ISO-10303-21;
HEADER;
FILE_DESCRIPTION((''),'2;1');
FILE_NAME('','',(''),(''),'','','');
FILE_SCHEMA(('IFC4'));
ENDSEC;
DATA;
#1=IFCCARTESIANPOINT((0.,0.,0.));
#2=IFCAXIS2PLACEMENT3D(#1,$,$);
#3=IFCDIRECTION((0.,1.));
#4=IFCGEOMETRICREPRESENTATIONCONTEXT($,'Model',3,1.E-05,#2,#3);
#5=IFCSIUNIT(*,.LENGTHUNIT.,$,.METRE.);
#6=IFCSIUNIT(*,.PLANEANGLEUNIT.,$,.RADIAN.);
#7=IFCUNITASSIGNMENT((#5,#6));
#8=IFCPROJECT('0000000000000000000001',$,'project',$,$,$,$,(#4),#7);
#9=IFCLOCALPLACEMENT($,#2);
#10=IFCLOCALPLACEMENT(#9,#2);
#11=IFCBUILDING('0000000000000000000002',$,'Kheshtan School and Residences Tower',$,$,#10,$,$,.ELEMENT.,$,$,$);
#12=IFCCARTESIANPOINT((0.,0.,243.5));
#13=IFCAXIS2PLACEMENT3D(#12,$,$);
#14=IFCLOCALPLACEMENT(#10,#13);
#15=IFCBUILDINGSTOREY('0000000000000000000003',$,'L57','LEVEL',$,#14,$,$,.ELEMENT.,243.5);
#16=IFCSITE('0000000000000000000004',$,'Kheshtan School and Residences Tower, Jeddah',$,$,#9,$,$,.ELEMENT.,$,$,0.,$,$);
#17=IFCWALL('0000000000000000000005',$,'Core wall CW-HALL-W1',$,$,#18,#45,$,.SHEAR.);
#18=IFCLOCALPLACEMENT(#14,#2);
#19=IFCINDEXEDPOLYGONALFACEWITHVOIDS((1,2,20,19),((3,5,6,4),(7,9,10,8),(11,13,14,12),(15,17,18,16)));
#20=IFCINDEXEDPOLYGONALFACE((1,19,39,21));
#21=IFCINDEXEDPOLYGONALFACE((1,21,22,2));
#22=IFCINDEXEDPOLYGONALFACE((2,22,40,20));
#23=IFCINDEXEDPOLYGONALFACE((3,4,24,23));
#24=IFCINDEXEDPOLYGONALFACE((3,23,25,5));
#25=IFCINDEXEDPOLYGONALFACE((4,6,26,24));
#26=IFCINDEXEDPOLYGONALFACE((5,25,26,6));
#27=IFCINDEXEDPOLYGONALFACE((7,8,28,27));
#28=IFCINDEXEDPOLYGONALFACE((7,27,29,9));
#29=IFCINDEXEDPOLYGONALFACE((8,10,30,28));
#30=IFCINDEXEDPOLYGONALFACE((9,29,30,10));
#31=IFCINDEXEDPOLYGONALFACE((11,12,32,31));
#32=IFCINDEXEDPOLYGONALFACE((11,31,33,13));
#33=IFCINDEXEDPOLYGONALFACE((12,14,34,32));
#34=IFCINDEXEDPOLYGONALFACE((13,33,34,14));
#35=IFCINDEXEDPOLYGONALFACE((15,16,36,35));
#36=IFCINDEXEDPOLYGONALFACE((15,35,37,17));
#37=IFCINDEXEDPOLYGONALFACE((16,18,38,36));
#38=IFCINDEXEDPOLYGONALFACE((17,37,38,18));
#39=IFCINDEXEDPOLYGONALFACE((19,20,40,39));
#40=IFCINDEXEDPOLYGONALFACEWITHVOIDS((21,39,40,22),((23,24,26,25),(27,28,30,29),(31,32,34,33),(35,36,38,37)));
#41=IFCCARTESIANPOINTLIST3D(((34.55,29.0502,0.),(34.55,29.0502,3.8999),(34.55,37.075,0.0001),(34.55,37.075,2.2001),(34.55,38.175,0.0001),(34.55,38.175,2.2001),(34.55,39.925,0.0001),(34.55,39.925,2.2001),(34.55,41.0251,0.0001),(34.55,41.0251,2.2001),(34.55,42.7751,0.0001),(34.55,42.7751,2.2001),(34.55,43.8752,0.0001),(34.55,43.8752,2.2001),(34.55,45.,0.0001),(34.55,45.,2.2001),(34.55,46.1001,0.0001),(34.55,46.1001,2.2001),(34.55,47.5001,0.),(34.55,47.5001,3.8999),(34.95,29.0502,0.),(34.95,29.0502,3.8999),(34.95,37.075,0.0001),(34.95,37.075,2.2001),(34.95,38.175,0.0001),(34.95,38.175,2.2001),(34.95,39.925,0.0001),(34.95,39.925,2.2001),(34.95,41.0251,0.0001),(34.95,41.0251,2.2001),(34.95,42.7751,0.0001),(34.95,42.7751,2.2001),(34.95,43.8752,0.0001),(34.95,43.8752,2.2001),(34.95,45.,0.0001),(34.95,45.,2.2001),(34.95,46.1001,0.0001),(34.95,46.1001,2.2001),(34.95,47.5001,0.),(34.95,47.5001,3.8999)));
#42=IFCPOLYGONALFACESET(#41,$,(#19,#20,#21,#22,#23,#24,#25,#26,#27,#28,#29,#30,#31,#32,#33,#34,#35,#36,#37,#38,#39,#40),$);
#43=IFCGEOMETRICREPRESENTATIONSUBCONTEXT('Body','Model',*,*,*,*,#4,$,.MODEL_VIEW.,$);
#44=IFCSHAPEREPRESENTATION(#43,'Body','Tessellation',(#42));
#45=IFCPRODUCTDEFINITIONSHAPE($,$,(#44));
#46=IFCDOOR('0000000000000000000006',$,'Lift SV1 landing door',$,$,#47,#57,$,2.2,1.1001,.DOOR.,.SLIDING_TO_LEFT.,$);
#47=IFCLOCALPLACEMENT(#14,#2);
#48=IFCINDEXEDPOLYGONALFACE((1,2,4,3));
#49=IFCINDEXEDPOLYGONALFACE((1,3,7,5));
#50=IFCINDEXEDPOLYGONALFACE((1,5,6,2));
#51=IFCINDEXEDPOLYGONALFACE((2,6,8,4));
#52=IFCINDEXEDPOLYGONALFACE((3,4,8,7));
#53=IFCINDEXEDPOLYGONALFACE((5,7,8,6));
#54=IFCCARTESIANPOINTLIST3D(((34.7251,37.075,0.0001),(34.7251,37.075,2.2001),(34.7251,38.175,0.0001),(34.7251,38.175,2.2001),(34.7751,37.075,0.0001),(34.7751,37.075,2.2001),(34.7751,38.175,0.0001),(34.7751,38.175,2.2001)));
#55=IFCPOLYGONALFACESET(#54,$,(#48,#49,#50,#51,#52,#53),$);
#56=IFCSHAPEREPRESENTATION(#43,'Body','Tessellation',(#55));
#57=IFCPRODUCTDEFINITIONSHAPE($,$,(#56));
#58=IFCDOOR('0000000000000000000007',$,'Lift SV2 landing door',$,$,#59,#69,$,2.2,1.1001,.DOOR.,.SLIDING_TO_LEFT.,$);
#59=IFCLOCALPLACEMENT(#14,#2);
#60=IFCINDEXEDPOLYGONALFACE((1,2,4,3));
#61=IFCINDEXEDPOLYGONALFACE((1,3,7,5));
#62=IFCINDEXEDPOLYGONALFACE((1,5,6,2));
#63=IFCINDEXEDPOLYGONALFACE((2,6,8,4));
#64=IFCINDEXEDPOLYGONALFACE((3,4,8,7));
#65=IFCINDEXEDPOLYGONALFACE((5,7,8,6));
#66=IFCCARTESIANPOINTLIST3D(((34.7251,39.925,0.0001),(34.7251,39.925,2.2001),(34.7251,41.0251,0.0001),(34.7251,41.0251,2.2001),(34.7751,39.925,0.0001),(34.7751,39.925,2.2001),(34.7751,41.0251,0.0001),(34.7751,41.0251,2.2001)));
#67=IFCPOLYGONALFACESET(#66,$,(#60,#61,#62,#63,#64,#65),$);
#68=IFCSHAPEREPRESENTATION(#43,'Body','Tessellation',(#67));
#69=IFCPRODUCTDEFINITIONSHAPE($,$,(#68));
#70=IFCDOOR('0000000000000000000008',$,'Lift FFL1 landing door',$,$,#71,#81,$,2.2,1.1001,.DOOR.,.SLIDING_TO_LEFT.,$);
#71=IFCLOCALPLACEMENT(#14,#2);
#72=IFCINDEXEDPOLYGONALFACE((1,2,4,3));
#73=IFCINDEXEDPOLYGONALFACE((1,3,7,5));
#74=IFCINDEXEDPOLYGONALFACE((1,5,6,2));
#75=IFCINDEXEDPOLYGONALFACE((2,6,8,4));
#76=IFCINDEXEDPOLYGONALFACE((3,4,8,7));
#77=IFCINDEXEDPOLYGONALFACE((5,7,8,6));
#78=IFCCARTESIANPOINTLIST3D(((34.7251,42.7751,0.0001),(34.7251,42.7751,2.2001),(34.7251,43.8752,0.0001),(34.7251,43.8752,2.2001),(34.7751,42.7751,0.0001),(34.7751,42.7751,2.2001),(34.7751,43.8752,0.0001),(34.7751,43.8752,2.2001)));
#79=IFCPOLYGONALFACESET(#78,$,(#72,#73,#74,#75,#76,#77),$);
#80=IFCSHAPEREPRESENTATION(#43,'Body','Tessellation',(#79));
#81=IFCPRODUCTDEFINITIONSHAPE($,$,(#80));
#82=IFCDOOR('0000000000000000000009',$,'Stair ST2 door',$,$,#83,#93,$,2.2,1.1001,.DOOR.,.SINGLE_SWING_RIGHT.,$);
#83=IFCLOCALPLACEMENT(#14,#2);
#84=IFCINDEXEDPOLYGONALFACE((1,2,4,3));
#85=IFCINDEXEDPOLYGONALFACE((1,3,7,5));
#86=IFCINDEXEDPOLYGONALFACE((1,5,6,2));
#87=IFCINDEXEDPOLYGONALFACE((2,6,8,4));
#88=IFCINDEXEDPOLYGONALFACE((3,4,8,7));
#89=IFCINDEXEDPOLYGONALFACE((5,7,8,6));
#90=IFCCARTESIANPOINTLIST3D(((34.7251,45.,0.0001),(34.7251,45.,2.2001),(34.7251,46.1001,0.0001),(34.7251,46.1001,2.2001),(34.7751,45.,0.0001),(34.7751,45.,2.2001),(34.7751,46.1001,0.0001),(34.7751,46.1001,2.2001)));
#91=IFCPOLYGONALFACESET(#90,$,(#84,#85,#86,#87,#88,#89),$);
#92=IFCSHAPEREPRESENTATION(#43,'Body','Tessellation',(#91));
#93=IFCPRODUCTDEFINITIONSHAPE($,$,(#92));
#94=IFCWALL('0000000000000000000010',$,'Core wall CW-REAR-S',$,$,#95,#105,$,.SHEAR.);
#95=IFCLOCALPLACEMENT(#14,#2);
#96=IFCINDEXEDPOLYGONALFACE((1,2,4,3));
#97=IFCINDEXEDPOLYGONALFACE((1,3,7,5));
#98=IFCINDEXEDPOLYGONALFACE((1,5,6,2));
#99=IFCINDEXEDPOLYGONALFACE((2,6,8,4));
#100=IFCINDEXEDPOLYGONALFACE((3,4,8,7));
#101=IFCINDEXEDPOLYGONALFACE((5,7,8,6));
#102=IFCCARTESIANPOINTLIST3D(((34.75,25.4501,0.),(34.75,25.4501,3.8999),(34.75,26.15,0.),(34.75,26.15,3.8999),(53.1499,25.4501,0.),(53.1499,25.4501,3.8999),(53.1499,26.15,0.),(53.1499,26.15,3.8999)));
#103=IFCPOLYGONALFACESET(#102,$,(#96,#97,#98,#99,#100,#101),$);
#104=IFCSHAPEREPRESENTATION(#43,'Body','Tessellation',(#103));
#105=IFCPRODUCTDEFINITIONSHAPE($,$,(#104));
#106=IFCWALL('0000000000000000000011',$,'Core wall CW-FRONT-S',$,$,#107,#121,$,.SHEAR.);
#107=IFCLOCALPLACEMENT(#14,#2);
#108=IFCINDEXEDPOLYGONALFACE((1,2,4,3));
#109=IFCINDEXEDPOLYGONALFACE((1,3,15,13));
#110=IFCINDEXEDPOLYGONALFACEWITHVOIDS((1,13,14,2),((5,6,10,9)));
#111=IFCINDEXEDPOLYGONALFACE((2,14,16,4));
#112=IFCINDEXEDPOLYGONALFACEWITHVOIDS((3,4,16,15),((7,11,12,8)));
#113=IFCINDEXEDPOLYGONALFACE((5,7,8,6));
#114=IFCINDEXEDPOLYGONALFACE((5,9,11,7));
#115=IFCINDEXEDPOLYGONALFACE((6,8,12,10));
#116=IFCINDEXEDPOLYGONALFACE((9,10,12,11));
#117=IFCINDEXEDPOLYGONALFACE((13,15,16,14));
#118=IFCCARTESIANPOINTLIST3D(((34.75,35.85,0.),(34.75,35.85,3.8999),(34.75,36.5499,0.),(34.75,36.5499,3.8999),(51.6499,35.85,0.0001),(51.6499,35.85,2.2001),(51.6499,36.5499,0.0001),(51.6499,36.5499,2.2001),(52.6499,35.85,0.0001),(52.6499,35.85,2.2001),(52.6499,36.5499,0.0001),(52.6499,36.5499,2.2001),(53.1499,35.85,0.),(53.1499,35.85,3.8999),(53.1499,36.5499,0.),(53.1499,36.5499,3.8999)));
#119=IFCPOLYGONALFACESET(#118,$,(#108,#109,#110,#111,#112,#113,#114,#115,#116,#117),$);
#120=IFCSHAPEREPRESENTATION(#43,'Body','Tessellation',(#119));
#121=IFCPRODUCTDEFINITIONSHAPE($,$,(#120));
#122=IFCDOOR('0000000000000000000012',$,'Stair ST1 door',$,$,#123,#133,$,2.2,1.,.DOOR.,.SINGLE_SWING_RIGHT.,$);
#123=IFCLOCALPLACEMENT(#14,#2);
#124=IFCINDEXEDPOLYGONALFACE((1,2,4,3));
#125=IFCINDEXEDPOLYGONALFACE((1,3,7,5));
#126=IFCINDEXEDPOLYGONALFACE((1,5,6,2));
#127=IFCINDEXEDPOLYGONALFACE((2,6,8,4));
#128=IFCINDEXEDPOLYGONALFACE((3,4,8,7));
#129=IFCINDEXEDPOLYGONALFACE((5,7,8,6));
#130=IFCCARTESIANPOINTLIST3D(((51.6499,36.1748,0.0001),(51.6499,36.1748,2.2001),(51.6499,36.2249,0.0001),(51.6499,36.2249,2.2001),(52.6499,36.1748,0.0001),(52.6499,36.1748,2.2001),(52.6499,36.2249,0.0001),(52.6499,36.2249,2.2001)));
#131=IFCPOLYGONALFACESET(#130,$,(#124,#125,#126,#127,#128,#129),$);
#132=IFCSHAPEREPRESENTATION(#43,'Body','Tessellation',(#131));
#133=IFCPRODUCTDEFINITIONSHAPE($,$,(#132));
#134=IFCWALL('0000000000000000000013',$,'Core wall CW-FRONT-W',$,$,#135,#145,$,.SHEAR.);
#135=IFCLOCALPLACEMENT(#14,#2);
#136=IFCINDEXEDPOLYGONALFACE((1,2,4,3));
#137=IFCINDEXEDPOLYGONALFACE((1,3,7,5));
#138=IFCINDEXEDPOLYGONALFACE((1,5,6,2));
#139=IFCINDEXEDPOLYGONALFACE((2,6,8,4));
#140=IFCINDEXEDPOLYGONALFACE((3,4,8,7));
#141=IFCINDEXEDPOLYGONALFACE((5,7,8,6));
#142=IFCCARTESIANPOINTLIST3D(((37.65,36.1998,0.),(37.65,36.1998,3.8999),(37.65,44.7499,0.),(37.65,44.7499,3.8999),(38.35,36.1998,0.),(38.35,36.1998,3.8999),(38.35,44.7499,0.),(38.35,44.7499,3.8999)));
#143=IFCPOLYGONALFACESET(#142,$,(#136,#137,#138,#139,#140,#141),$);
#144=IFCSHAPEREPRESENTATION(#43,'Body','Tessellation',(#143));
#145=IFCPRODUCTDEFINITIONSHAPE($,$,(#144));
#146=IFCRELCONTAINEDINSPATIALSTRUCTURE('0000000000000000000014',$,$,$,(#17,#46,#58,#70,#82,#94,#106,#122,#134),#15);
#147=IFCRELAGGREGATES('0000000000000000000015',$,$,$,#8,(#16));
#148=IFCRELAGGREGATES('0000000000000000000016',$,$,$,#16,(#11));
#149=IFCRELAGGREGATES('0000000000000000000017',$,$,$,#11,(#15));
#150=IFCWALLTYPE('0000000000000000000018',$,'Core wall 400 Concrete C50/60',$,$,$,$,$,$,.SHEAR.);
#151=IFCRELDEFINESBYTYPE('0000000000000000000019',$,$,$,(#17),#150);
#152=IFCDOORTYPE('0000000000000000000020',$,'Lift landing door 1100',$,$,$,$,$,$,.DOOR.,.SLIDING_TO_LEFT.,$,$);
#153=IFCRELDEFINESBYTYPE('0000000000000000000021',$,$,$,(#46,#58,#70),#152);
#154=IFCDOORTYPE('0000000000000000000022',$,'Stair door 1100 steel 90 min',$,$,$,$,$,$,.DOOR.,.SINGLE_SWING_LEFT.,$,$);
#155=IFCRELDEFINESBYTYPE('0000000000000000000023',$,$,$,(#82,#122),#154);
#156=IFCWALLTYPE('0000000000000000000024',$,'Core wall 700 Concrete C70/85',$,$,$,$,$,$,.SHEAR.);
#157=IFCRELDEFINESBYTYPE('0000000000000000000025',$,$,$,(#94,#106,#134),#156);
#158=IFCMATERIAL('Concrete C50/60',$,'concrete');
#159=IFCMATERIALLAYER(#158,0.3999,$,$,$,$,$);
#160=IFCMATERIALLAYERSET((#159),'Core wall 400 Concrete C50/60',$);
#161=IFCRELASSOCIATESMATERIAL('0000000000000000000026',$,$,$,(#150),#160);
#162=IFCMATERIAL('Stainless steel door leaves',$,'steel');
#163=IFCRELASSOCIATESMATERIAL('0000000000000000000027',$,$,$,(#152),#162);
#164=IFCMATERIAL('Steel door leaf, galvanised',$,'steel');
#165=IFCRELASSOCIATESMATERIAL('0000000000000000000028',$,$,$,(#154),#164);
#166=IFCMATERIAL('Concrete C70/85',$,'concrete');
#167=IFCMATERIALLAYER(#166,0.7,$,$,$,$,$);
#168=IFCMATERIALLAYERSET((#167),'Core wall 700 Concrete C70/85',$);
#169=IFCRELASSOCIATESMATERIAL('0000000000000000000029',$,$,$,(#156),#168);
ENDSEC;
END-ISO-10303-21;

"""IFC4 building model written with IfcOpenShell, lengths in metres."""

from ifc_helpers import new_model, si_unit, direction, frame, frame_2d, origin, place, context, subcontext, project, spatial, rectangle, extrude, source, transform, mapped, material, layer, layer_set, type_object, element, fill, save


model = new_model("IFC4")

# Units and contexts
model_context = context("Model", 3, precision=1e-05, world=origin(), true_north=direction((0.0, 1.0)))
body_context = subcontext(model_context, "Body", "Model", "MODEL_VIEW")
ifc_project = project(units=[si_unit("LENGTHUNIT", "METRE"), si_unit("PLANEANGLEUNIT", "RADIAN")], contexts=[model_context])

# Site, building, storey
site_placement = place(None, origin())
site = spatial("IfcSite", under=ifc_project, at=site_placement, Name="Kheshtan School and Residences Tower, Jeddah", CompositionType="ELEMENT", RefElevation=0.0)
building_placement = place(site_placement, origin())
building = spatial("IfcBuilding", under=site, at=building_placement, Name="Kheshtan School and Residences Tower", CompositionType="ELEMENT")
storey_placement = place(building_placement, frame((0.0, 0.0, 243.5)))
storey = spatial("IfcBuildingStorey", under=building, at=storey_placement, Name="L57", Description="LEVEL", CompositionType="ELEMENT", Elevation=243.5)

# Shared definitions
ifc_material_1 = material(Name="Concrete C50/60", Category="concrete")
ifc_layer_1 = layer(ifc_material_1, 0.3999)
ifc_layer_set_1 = layer_set([ifc_layer_1], Name="Core wall 400 Concrete C50/60")
wall_type_1 = type_object("IfcWallType", Name="Core wall 400 Concrete C50/60", PredefinedType="SHEAR", material=ifc_layer_set_1)
ifc_material_2 = material(Name="Stainless steel door leaves", Category="steel")
door_type_1 = type_object("IfcDoorType", Name="Lift landing door 1100", OperationType="SLIDING_TO_LEFT", PredefinedType="DOOR", material=ifc_material_2)
shared_shape_1 = source(origin(), body_context, "Body", "SweptSolid", [
    extrude(rectangle(XDim=1.1001, YDim=2.2, at=frame_2d((0.55, 1.1001))), frame((0.0, 0.0249, 0.0), z_axis=(0.0, -1.0, 0.0), x_axis=(1.0, 0.0, 0.0)), (0.0, 0.0, 1.0), 0.05),
])

# Wall, openings, doors
wall_1_placement = place(storey_placement, frame((34.75, 29.05, 0.0), z_axis=(0.0, 0.0, 1.0), x_axis=(0.0, 1.0, 0.0)))
wall_1 = element("IfcWall", 1, at=wall_1_placement, inside=storey, type_object=wall_type_1, Name="Core wall CW-HALL-W1", PredefinedType="SHEAR", context=body_context, shape_type="SweptSolid", body=[
    extrude(rectangle(XDim=18.45, YDim=0.3999, at=frame_2d((9.2251, 0.0))), origin(), (0.0, 0.0, 1.0), 3.8999),
])
opening_1_placement = place(wall_1_placement, frame((8.0249, 0.0, 0.0)))
opening_1 = element("IfcOpeningElement", 2, at=opening_1_placement, cuts=wall_1, PredefinedType="OPENING", context=body_context, shape_type="SweptSolid", body=[
    extrude(rectangle(XDim=1.1001, YDim=2.2, at=frame_2d((0.55, 1.1001))), frame((0.0, 0.21, 0.0), z_axis=(0.0, -1.0, 0.0), x_axis=(1.0, 0.0, 0.0)), (0.0, 0.0, 1.0), 0.4199),
])
opening_2_placement = place(wall_1_placement, frame((10.875, 0.0, 0.0)))
opening_2 = element("IfcOpeningElement", 3, at=opening_2_placement, cuts=wall_1, PredefinedType="OPENING", context=body_context, shape_type="SweptSolid", body=[
    extrude(rectangle(XDim=1.1001, YDim=2.2, at=frame_2d((0.55, 1.1001))), frame((0.0, 0.21, 0.0), z_axis=(0.0, -1.0, 0.0), x_axis=(1.0, 0.0, 0.0)), (0.0, 0.0, 1.0), 0.4199),
])
opening_3_placement = place(wall_1_placement, frame((13.7251, 0.0, 0.0)))
opening_3 = element("IfcOpeningElement", 4, at=opening_3_placement, cuts=wall_1, PredefinedType="OPENING", context=body_context, shape_type="SweptSolid", body=[
    extrude(rectangle(XDim=1.1001, YDim=2.2, at=frame_2d((0.55, 1.1001))), frame((0.0, 0.21, 0.0), z_axis=(0.0, -1.0, 0.0), x_axis=(1.0, 0.0, 0.0)), (0.0, 0.0, 1.0), 0.4199),
])
opening_4_placement = place(wall_1_placement, frame((15.95, 0.0, 0.0)))
opening_4 = element("IfcOpeningElement", 5, at=opening_4_placement, cuts=wall_1, PredefinedType="OPENING", context=body_context, shape_type="SweptSolid", body=[
    extrude(rectangle(XDim=1.1001, YDim=2.2, at=frame_2d((0.55, 1.1001))), frame((0.0, 0.21, 0.0), z_axis=(0.0, -1.0, 0.0), x_axis=(1.0, 0.0, 0.0)), (0.0, 0.0, 1.0), 0.4199),
])
door_1_placement = place(opening_1_placement, origin())
door_1 = element("IfcDoor", 6, at=door_1_placement, inside=storey, type_object=door_type_1, Name="Lift SV1 landing door", OperationType="SLIDING_TO_LEFT", OverallHeight=2.2, OverallWidth=1.1001, PredefinedType="DOOR", context=body_context, shape_type="MappedRepresentation", body=[
    mapped(shared_shape_1, transform((0.0, 0.0, 0.0), x_axis=(1.0, 0.0, 0.0), y_axis=(0.0, 1.0, 0.0), z_axis=(0.0, 0.0, 1.0), scale=1.0)),
])
fill(opening_1, door_1)
door_2_placement = place(opening_2_placement, origin())
door_2 = element("IfcDoor", 7, at=door_2_placement, inside=storey, type_object=door_type_1, Name="Lift SV2 landing door", OperationType="SLIDING_TO_LEFT", OverallHeight=2.2, OverallWidth=1.1001, PredefinedType="DOOR", context=body_context, shape_type="MappedRepresentation", body=[
    mapped(shared_shape_1, transform((0.0, 0.0, 0.0), x_axis=(1.0, 0.0, 0.0), y_axis=(0.0, 1.0, 0.0), z_axis=(0.0, 0.0, 1.0), scale=1.0)),
])
fill(opening_2, door_2)
door_3_placement = place(opening_3_placement, origin())
door_3 = element("IfcDoor", 8, at=door_3_placement, inside=storey, type_object=door_type_1, Name="Lift FFL1 landing door", OperationType="SLIDING_TO_LEFT", OverallHeight=2.2, OverallWidth=1.1001, PredefinedType="DOOR", context=body_context, shape_type="MappedRepresentation", body=[
    mapped(shared_shape_1, transform((0.0, 0.0, 0.0), x_axis=(1.0, 0.0, 0.0), y_axis=(0.0, 1.0, 0.0), z_axis=(0.0, 0.0, 1.0), scale=1.0)),
])
fill(opening_3, door_3)
ifc_material_3 = material(Name="Steel door leaf, galvanised", Category="steel")
door_type_2 = type_object("IfcDoorType", Name="Stair door 1100 steel 90 min", OperationType="SINGLE_SWING_LEFT", PredefinedType="DOOR", material=ifc_material_3)
shared_shape_2 = source(origin(), body_context, "Body", "SweptSolid", [
    extrude(rectangle(XDim=1.1001, YDim=2.2, at=frame_2d((0.55, 1.1001))), frame((0.0, 0.0249, 0.0), z_axis=(0.0, -1.0, 0.0), x_axis=(1.0, 0.0, 0.0)), (0.0, 0.0, 1.0), 0.05),
])
door_4_placement = place(opening_4_placement, origin())
door_4 = element("IfcDoor", 9, at=door_4_placement, inside=storey, type_object=door_type_2, Name="Stair ST2 door", OperationType="SINGLE_SWING_RIGHT", OverallHeight=2.2, OverallWidth=1.1001, PredefinedType="DOOR", context=body_context, shape_type="MappedRepresentation", body=[
    mapped(shared_shape_2, transform((0.0, 0.0, 0.0), x_axis=(1.0, 0.0, 0.0), y_axis=(0.0, 1.0, 0.0), z_axis=(0.0, 0.0, 1.0), scale=1.0)),
])
fill(opening_4, door_4)

# Wall
ifc_material_4 = material(Name="Concrete C70/85", Category="concrete")
ifc_layer_2 = layer(ifc_material_4, 0.7)
ifc_layer_set_2 = layer_set([ifc_layer_2], Name="Core wall 700 Concrete C70/85")
wall_type_2 = type_object("IfcWallType", Name="Core wall 700 Concrete C70/85", PredefinedType="SHEAR", material=ifc_layer_set_2)
wall_2_placement = place(storey_placement, frame((34.75, 25.8, 0.0), z_axis=(0.0, 0.0, 1.0), x_axis=(1.0, 0.0, 0.0)))
element("IfcWall", 10, at=wall_2_placement, inside=storey, type_object=wall_type_2, Name="Core wall CW-REAR-S", PredefinedType="SHEAR", context=body_context, shape_type="SweptSolid", body=[
    extrude(rectangle(XDim=18.3999, YDim=0.7, at=frame_2d((9.2, 0.0))), origin(), (0.0, 0.0, 1.0), 3.8999),
])

# Wall, opening, door
wall_3_placement = place(storey_placement, frame((34.75, 36.2, 0.0), z_axis=(0.0, 0.0, 1.0), x_axis=(1.0, 0.0, 0.0)))
wall_3 = element("IfcWall", 11, at=wall_3_placement, inside=storey, type_object=wall_type_2, Name="Core wall CW-FRONT-S", PredefinedType="SHEAR", context=body_context, shape_type="SweptSolid", body=[
    extrude(rectangle(XDim=18.3999, YDim=0.7, at=frame_2d((9.2, 0.0))), origin(), (0.0, 0.0, 1.0), 3.8999),
])
opening_5_placement = place(wall_3_placement, frame((16.8999, 0.0, 0.0)))
opening_5 = element("IfcOpeningElement", 12, at=opening_5_placement, cuts=wall_3, PredefinedType="OPENING", context=body_context, shape_type="SweptSolid", body=[
    extrude(rectangle(XDim=1.0, YDim=2.2, at=frame_2d((0.5, 1.1001))), frame((0.0, 0.3599, 0.0), z_axis=(0.0, -1.0, 0.0), x_axis=(1.0, 0.0, 0.0)), (0.0, 0.0, 1.0), 0.72),
])
shared_shape_3 = source(origin(), body_context, "Body", "SweptSolid", [
    extrude(rectangle(XDim=1.0, YDim=2.2, at=frame_2d((0.5, 1.1001))), frame((0.0, 0.0249, 0.0), z_axis=(0.0, -1.0, 0.0), x_axis=(1.0, 0.0, 0.0)), (0.0, 0.0, 1.0), 0.05),
])
door_5_placement = place(opening_5_placement, origin())
door_5 = element("IfcDoor", 13, at=door_5_placement, inside=storey, type_object=door_type_2, Name="Stair ST1 door", OperationType="SINGLE_SWING_RIGHT", OverallHeight=2.2, OverallWidth=1.0, PredefinedType="DOOR", context=body_context, shape_type="MappedRepresentation", body=[
    mapped(shared_shape_3, transform((0.0, 0.0, 0.0), x_axis=(1.0, 0.0, 0.0), y_axis=(0.0, 1.0, 0.0), z_axis=(0.0, 0.0, 1.0), scale=1.0)),
])
fill(opening_5, door_5)

# Wall
wall_4_placement = place(storey_placement, frame((38.0, 36.2, 0.0), z_axis=(0.0, 0.0, 1.0), x_axis=(0.0, 1.0, 0.0)))
element("IfcWall", 14, at=wall_4_placement, inside=storey, type_object=wall_type_2, Name="Core wall CW-FRONT-W", PredefinedType="SHEAR", context=body_context, shape_type="SweptSolid", body=[
    extrude(rectangle(XDim=8.55, YDim=0.7, at=frame_2d((4.2749, 0.0))), origin(), (0.0, 0.0, 1.0), 3.8999),
])

save(model, "model.ifc")
